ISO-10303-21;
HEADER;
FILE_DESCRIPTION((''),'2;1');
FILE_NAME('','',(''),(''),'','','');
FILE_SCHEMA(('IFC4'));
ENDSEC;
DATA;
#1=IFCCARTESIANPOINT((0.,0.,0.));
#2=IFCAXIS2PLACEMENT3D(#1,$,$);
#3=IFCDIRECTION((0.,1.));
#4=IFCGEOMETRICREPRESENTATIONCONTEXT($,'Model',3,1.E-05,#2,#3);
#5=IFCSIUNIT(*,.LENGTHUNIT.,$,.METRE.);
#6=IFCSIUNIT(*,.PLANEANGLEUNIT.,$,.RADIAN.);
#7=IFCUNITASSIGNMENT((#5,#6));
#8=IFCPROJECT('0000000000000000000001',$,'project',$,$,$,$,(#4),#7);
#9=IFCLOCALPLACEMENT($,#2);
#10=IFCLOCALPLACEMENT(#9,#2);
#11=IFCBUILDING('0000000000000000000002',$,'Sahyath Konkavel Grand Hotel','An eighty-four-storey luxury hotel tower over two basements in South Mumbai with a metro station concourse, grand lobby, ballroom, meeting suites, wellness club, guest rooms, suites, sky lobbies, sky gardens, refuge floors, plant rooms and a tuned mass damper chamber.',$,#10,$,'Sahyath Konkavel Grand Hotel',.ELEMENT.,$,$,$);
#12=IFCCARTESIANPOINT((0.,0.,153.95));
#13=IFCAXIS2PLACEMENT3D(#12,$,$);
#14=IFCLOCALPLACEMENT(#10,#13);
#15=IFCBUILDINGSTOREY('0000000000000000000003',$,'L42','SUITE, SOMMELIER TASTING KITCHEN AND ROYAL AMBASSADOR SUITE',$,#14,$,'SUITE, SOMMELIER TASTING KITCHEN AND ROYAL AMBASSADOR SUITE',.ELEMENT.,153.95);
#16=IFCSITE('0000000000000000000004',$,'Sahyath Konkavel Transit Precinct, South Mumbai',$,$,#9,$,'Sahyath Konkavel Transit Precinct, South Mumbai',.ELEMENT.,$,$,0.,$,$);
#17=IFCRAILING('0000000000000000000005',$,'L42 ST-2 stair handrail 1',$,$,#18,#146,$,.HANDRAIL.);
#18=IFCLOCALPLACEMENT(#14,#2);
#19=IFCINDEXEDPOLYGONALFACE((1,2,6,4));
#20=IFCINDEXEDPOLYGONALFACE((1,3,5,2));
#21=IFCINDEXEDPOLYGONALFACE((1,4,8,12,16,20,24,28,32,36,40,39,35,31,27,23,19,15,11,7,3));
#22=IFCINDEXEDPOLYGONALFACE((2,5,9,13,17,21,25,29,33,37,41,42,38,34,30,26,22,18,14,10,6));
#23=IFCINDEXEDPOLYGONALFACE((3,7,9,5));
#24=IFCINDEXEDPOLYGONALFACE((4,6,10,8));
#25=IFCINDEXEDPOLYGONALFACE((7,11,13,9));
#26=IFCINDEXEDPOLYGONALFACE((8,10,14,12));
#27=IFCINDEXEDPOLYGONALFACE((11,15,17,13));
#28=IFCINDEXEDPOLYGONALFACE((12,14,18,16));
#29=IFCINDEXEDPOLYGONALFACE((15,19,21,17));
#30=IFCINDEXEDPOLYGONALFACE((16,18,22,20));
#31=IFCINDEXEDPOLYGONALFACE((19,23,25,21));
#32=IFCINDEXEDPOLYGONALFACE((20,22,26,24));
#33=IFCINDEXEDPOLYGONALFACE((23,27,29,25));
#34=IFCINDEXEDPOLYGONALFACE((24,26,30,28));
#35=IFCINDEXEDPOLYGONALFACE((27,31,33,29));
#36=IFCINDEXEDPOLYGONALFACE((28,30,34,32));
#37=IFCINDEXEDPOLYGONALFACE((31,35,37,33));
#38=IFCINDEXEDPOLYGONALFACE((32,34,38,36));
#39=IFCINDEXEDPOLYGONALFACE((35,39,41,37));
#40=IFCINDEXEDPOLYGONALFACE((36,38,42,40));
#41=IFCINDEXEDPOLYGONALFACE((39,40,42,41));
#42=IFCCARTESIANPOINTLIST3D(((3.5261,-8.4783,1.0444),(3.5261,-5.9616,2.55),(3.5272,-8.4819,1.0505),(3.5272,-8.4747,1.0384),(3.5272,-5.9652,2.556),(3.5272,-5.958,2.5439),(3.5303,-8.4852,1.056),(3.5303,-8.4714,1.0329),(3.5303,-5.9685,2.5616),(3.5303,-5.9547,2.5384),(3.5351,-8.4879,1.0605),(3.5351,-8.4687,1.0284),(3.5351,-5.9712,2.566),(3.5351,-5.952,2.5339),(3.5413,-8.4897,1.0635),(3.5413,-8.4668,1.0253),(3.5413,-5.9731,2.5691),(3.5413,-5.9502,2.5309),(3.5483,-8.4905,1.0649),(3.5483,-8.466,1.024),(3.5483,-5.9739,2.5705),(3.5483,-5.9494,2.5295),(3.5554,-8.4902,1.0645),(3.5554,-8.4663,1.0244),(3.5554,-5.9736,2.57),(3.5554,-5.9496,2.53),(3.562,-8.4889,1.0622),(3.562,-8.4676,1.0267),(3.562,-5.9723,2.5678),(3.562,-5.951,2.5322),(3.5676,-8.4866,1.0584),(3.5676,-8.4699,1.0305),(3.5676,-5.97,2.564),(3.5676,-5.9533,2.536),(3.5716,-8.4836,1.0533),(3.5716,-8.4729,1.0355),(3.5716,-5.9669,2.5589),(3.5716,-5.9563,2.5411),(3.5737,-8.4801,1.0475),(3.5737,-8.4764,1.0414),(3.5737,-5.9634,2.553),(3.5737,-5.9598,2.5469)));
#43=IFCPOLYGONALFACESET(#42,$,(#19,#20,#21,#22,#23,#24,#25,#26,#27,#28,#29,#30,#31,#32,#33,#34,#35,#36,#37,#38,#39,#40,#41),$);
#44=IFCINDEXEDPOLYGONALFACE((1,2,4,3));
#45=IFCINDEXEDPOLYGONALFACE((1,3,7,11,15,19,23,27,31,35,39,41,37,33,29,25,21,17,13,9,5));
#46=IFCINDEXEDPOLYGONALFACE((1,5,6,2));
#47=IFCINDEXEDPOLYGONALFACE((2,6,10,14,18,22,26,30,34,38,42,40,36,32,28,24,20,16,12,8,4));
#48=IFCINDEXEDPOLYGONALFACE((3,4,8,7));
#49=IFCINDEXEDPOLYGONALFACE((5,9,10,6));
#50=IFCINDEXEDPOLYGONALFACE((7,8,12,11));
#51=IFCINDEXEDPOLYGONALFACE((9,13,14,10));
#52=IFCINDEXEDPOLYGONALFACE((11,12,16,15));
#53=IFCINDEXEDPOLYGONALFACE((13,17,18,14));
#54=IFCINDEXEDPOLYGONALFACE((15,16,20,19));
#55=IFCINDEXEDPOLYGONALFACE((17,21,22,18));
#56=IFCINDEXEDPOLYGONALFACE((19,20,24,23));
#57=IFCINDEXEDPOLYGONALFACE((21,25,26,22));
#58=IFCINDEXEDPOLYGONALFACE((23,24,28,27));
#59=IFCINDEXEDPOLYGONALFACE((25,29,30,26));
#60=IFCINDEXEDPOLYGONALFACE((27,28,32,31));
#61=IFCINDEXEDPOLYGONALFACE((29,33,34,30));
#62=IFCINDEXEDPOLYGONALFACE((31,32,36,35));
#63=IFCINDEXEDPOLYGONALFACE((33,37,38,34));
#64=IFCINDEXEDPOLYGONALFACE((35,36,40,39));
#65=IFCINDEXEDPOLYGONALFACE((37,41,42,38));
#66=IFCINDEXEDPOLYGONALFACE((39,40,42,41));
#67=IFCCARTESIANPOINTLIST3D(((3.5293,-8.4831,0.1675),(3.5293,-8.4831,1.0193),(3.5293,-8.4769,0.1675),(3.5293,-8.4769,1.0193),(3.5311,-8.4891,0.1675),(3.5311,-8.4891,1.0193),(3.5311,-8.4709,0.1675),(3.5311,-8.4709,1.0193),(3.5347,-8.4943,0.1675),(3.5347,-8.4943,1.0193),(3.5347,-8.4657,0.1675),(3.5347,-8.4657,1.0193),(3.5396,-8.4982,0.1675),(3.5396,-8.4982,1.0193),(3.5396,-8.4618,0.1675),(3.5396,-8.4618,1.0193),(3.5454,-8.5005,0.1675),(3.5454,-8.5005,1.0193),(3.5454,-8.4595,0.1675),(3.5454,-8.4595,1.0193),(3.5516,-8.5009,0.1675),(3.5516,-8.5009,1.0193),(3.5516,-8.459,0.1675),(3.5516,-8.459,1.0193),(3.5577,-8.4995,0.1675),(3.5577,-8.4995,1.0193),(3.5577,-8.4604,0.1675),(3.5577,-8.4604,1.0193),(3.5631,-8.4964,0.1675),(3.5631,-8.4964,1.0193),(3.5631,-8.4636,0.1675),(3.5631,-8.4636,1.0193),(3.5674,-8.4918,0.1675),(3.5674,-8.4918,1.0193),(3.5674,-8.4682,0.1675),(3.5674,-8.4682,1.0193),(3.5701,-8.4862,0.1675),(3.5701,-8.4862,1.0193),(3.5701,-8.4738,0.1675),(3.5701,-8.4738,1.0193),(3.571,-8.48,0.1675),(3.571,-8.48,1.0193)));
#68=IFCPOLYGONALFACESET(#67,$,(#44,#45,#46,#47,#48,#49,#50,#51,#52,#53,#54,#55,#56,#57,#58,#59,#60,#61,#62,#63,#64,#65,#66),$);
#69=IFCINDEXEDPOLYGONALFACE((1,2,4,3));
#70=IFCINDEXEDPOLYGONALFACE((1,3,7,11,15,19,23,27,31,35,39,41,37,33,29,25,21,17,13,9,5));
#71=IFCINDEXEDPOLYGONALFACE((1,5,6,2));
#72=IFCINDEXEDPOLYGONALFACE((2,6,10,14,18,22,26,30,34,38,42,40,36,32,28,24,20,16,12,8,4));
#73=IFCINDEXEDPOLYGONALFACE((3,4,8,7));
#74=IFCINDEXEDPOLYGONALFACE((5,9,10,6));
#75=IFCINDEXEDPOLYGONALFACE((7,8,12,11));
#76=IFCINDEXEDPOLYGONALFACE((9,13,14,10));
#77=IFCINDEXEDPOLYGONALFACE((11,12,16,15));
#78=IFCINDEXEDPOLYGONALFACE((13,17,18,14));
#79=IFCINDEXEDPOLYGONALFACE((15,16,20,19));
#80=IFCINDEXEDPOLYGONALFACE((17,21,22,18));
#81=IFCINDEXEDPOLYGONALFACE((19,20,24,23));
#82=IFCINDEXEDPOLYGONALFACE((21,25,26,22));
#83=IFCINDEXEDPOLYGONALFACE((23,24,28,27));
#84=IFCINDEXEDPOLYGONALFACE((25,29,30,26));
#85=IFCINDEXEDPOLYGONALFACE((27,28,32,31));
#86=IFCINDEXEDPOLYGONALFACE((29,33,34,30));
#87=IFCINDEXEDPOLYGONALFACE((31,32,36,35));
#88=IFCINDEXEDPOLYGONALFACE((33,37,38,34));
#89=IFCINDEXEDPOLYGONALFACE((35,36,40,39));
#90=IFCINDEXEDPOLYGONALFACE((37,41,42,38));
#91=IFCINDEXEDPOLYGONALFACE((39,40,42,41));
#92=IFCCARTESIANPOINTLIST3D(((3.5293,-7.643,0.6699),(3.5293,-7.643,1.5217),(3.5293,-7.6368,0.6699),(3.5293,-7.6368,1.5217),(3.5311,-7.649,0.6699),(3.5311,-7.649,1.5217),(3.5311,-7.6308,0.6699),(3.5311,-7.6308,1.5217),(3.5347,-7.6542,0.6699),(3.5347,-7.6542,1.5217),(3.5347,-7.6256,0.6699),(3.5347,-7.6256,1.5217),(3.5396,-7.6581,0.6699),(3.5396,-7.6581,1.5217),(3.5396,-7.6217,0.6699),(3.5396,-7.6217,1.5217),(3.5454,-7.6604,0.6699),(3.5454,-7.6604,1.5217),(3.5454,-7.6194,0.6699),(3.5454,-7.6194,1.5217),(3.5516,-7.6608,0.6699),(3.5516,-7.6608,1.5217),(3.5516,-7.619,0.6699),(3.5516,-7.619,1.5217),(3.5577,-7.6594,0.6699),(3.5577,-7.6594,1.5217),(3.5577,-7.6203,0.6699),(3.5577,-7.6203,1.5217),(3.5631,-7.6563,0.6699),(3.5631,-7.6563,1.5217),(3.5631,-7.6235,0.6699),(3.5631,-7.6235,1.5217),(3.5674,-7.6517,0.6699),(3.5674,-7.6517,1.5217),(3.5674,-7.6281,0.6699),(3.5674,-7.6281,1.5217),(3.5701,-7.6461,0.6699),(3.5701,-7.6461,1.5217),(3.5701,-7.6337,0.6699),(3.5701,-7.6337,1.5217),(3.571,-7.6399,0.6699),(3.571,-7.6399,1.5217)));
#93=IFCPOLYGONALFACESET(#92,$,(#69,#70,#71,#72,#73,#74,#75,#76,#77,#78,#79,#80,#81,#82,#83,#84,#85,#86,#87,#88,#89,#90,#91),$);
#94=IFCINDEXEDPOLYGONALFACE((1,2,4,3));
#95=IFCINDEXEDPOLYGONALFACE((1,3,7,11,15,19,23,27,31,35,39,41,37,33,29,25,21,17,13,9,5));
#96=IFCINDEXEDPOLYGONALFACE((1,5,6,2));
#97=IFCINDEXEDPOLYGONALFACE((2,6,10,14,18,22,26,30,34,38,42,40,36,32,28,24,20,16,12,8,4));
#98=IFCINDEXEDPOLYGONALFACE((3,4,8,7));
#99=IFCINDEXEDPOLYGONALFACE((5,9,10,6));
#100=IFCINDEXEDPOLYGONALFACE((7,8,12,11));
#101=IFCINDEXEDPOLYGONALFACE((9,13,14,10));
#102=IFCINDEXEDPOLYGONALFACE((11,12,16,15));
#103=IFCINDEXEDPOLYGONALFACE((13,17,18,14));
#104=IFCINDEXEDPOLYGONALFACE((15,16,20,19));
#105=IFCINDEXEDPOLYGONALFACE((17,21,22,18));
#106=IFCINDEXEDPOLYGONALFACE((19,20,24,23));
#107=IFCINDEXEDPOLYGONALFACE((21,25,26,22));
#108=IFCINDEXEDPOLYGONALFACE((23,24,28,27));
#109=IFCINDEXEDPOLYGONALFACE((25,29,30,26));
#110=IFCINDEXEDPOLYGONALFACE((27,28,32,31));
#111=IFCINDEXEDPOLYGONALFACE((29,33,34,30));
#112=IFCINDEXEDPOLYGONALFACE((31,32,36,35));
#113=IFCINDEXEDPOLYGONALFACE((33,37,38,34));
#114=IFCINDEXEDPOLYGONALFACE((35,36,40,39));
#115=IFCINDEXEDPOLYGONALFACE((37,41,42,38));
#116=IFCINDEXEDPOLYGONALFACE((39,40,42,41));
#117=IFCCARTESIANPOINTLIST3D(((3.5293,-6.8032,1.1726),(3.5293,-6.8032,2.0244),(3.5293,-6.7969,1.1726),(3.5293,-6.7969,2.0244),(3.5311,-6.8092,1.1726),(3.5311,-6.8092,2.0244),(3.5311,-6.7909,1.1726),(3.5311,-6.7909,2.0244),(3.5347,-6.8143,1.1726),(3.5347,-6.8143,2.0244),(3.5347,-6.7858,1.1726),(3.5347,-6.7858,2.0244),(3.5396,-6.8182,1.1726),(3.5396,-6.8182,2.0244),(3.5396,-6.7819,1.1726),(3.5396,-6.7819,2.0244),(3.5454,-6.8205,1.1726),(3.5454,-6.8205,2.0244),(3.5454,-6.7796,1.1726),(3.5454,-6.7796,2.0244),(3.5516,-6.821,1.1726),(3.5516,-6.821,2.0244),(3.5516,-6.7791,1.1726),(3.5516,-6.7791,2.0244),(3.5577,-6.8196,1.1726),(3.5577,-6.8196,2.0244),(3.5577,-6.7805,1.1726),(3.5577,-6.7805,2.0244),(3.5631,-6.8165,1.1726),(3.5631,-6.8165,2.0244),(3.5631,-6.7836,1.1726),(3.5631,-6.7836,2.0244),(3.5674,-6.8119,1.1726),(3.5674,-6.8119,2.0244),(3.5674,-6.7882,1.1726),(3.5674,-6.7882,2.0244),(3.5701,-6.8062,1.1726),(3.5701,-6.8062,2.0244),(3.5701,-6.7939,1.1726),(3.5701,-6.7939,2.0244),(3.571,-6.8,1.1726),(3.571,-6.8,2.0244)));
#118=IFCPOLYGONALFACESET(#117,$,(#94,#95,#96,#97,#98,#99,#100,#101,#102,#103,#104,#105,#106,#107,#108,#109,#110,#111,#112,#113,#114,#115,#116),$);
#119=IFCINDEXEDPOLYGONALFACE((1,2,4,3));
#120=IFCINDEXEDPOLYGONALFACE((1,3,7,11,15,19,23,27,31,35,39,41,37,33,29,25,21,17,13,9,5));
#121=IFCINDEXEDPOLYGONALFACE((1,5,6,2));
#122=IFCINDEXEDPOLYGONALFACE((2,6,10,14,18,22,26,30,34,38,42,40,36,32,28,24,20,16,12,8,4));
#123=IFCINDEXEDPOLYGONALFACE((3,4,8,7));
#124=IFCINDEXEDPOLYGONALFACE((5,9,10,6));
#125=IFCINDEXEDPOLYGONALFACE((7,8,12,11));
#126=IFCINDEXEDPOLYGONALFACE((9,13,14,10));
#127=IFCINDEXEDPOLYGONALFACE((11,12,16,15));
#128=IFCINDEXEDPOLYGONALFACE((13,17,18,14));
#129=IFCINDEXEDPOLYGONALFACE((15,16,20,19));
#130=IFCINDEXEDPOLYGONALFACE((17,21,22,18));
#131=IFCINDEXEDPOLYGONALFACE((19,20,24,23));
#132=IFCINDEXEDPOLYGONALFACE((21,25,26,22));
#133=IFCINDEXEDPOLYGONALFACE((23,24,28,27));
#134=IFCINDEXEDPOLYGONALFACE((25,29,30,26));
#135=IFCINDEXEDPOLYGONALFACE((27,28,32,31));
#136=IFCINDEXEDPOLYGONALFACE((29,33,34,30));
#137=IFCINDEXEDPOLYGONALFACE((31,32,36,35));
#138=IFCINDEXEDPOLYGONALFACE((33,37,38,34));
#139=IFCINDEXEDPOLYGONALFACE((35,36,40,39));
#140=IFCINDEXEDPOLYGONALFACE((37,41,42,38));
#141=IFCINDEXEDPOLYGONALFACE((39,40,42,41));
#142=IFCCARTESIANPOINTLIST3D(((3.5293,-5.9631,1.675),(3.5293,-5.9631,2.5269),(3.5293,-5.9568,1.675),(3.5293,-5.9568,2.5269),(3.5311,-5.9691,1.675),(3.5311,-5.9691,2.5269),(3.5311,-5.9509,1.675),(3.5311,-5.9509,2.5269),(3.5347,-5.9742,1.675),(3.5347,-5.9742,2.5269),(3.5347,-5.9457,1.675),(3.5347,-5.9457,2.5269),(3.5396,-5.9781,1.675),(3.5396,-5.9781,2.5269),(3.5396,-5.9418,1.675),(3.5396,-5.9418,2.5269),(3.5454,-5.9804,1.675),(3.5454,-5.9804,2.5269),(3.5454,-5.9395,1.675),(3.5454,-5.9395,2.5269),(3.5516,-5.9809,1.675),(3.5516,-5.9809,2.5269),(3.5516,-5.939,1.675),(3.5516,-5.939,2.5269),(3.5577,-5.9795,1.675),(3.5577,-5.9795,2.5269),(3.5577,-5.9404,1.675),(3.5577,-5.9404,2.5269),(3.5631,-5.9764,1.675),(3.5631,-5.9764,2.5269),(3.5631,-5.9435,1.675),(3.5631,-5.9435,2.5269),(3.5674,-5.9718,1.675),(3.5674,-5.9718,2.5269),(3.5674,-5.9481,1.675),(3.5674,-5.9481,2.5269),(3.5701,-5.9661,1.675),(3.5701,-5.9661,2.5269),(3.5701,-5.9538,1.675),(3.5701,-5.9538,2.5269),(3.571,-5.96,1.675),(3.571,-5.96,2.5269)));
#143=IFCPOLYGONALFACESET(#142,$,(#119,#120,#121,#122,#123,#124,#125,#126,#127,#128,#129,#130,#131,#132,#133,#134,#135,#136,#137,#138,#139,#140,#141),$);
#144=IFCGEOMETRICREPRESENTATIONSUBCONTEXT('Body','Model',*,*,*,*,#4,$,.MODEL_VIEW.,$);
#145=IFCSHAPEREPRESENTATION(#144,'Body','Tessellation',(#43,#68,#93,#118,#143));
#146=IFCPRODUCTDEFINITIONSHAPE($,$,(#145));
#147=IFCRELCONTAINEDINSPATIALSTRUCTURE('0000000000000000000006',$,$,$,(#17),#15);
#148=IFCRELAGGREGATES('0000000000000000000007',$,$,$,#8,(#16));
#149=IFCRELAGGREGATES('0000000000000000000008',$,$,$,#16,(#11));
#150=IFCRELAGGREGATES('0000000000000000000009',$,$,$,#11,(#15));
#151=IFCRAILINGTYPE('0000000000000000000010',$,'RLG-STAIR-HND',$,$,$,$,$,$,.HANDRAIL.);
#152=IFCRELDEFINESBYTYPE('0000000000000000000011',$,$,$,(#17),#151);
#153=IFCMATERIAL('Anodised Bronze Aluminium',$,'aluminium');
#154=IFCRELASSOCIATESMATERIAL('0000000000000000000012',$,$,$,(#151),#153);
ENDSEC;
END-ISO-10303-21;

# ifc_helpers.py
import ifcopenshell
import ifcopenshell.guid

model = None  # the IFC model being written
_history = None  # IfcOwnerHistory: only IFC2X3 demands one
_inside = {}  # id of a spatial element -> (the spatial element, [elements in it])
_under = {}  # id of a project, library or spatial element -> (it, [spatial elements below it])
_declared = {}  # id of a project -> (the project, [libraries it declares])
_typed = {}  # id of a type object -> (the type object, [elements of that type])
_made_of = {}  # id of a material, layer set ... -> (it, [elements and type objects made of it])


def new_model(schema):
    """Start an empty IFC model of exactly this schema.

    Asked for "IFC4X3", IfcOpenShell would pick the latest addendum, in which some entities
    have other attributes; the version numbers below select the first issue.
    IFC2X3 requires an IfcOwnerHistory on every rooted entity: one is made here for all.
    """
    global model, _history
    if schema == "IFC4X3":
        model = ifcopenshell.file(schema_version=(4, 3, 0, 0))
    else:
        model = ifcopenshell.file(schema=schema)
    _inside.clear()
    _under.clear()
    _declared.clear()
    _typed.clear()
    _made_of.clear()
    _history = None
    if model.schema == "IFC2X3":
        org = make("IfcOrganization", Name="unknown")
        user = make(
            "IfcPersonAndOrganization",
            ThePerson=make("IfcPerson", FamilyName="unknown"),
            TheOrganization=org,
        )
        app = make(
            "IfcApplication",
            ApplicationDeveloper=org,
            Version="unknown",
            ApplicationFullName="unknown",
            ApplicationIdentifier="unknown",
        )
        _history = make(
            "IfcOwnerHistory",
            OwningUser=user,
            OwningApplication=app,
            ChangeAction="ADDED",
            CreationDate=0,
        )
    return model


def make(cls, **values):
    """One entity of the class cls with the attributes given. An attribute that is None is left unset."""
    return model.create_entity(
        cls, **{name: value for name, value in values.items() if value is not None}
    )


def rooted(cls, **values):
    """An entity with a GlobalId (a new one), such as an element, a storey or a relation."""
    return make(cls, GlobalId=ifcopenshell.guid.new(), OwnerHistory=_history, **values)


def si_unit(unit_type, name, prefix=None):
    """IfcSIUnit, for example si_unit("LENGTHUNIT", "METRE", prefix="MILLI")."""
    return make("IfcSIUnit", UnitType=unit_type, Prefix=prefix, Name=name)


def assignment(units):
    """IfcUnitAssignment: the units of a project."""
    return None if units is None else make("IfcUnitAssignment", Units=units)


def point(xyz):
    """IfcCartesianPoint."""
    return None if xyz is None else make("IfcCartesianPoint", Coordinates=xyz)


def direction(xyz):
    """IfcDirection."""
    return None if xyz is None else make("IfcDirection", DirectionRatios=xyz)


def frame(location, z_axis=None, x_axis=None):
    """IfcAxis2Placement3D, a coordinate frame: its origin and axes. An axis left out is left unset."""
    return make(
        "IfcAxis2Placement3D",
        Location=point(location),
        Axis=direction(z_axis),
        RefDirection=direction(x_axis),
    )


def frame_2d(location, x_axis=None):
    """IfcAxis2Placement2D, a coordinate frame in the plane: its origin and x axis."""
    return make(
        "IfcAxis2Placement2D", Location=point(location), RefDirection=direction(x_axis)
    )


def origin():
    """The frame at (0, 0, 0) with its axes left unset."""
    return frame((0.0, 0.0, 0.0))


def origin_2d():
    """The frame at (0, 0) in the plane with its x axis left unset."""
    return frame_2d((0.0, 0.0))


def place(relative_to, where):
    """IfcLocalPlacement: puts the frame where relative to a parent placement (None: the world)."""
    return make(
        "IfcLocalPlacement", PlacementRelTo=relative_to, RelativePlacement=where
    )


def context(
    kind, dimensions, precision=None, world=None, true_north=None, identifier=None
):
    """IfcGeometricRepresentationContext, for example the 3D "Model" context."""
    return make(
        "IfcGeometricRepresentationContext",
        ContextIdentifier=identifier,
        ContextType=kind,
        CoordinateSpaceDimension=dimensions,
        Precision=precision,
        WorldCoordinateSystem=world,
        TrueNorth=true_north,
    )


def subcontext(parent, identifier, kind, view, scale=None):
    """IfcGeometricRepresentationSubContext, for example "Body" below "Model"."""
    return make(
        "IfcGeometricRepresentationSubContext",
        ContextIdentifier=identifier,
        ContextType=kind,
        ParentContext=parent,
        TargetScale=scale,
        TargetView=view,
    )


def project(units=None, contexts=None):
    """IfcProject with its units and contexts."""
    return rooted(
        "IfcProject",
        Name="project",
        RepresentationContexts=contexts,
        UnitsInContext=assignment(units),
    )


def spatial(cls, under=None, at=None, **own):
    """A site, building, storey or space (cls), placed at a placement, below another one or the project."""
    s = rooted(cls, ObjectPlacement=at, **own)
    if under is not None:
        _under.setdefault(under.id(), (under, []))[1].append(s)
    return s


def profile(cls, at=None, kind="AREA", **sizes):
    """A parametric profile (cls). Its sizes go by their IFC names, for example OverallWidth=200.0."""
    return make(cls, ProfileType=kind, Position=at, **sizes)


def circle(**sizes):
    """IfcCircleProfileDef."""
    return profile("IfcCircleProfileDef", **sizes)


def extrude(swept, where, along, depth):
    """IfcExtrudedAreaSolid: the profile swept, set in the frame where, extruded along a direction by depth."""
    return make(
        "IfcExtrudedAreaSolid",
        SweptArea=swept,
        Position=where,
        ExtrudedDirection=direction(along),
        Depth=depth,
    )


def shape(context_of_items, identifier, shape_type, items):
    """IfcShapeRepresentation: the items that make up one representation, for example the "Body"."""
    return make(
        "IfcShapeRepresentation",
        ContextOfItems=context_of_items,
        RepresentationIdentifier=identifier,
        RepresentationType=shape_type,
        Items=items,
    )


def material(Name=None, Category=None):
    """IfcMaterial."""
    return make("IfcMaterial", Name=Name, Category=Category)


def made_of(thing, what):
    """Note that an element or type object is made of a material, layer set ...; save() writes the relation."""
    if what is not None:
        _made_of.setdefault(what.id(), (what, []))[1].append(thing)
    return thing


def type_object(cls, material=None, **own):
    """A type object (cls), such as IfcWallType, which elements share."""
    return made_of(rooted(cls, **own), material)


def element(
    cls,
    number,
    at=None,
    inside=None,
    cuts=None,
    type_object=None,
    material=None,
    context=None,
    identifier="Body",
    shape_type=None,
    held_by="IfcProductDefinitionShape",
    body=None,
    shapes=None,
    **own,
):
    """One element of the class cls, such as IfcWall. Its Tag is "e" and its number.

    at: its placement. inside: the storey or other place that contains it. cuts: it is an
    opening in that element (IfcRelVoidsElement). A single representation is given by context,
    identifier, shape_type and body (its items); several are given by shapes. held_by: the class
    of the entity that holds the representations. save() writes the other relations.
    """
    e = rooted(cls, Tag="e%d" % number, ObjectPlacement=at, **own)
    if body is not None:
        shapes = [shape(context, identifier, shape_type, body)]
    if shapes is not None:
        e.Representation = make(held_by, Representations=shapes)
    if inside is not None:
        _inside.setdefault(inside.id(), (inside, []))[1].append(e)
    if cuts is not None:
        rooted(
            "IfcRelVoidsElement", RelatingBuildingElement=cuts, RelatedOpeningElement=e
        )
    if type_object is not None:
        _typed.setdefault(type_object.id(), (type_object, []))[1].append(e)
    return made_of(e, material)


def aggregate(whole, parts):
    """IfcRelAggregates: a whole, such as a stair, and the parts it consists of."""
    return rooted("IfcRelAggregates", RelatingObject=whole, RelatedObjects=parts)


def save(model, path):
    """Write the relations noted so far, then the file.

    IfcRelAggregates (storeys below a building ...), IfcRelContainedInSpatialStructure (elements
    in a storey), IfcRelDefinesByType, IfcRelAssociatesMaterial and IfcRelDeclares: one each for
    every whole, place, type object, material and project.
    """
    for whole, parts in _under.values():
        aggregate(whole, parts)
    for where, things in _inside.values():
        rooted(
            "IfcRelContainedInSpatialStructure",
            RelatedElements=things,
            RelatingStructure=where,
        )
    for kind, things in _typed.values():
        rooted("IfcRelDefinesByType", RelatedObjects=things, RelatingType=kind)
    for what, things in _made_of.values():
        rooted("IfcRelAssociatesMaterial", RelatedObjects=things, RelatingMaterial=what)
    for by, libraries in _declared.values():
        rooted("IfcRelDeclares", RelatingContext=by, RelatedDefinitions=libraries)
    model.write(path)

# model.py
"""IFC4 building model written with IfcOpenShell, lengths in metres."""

from ifc_helpers import new_model, si_unit, direction, frame, origin, origin_2d, place, context, subcontext, project, spatial, circle, extrude, material, type_object, element, save


model = new_model("IFC4")

# Units and contexts
model_context = context("Model", 3, precision=1e-05, world=origin(), true_north=direction((0.0, 1.0)))
body_context = subcontext(model_context, "Body", "Model", "MODEL_VIEW")
ifc_project = project(units=[si_unit("LENGTHUNIT", "METRE"), si_unit("PLANEANGLEUNIT", "RADIAN")], contexts=[model_context])

# Site, building, storey
site_placement = place(None, origin())
site = spatial("IfcSite", under=ifc_project, at=site_placement, Name="Sahyath Konkavel Transit Precinct, South Mumbai", LongName="Sahyath Konkavel Transit Precinct, South Mumbai", CompositionType="ELEMENT", RefElevation=0.0)
building_placement = place(site_placement, origin())
building = spatial("IfcBuilding", under=site, at=building_placement, Name="Sahyath Konkavel Grand Hotel", Description="An eighty-four-storey luxury hotel tower over two basements in South Mumbai with a metro station concourse, grand lobby, ballroom, meeting suites, wellness club, guest rooms, suites, sky lobbies, sky gardens, refuge floors, plant rooms and a tuned mass damper chamber.", LongName="Sahyath Konkavel Grand Hotel", CompositionType="ELEMENT")
storey_placement = place(building_placement, frame((0.0, 0.0, 153.95)))
storey = spatial("IfcBuildingStorey", under=building, at=storey_placement, Name="L42", Description="SUITE, SOMMELIER TASTING KITCHEN AND ROYAL AMBASSADOR SUITE", LongName="SUITE, SOMMELIER TASTING KITCHEN AND ROYAL AMBASSADOR SUITE", CompositionType="ELEMENT", Elevation=153.95)

# Railing
ifc_material_1 = material(Name="Anodised Bronze Aluminium", Category="aluminium")
railing_type_1 = type_object("IfcRailingType", Name="RLG-STAIR-HND", PredefinedType="HANDRAIL", material=ifc_material_1)
railing_1_placement = place(storey_placement, frame((3.55, -8.48, 0.1675)))
element("IfcRailing", 1, at=railing_1_placement, inside=storey, type_object=railing_type_1, Name="L42 ST-2 stair handrail 1", PredefinedType="HANDRAIL", context=body_context, shape_type="SweptSolid", body=[
    extrude(circle(Radius=0.0239, at=origin_2d()), frame((0.0, 0.0017, 0.877), z_axis=(0.0, 0.85816, 0.513383), x_axis=(-1.0, 0.0, 0.0)), (0.0, 0.0, 1.0), 2.9326),
    extrude(circle(Radius=0.021, at=origin_2d()), origin(), (0.0, 0.0, 1.0), 0.8518),
    extrude(circle(Radius=0.021, at=origin_2d()), frame((0.0, 0.8401, 0.5024)), (0.0, 0.0, 1.0), 0.8518),
    extrude(circle(Radius=0.021, at=origin_2d()), frame((0.0, 1.6799, 1.0051)), (0.0, 0.0, 1.0), 0.8518),
    extrude(circle(Radius=0.021, at=origin_2d()), frame((0.0, 2.52, 1.5076)), (0.0, 0.0, 1.0), 0.8518),
])

save(model, "model.ifc")
